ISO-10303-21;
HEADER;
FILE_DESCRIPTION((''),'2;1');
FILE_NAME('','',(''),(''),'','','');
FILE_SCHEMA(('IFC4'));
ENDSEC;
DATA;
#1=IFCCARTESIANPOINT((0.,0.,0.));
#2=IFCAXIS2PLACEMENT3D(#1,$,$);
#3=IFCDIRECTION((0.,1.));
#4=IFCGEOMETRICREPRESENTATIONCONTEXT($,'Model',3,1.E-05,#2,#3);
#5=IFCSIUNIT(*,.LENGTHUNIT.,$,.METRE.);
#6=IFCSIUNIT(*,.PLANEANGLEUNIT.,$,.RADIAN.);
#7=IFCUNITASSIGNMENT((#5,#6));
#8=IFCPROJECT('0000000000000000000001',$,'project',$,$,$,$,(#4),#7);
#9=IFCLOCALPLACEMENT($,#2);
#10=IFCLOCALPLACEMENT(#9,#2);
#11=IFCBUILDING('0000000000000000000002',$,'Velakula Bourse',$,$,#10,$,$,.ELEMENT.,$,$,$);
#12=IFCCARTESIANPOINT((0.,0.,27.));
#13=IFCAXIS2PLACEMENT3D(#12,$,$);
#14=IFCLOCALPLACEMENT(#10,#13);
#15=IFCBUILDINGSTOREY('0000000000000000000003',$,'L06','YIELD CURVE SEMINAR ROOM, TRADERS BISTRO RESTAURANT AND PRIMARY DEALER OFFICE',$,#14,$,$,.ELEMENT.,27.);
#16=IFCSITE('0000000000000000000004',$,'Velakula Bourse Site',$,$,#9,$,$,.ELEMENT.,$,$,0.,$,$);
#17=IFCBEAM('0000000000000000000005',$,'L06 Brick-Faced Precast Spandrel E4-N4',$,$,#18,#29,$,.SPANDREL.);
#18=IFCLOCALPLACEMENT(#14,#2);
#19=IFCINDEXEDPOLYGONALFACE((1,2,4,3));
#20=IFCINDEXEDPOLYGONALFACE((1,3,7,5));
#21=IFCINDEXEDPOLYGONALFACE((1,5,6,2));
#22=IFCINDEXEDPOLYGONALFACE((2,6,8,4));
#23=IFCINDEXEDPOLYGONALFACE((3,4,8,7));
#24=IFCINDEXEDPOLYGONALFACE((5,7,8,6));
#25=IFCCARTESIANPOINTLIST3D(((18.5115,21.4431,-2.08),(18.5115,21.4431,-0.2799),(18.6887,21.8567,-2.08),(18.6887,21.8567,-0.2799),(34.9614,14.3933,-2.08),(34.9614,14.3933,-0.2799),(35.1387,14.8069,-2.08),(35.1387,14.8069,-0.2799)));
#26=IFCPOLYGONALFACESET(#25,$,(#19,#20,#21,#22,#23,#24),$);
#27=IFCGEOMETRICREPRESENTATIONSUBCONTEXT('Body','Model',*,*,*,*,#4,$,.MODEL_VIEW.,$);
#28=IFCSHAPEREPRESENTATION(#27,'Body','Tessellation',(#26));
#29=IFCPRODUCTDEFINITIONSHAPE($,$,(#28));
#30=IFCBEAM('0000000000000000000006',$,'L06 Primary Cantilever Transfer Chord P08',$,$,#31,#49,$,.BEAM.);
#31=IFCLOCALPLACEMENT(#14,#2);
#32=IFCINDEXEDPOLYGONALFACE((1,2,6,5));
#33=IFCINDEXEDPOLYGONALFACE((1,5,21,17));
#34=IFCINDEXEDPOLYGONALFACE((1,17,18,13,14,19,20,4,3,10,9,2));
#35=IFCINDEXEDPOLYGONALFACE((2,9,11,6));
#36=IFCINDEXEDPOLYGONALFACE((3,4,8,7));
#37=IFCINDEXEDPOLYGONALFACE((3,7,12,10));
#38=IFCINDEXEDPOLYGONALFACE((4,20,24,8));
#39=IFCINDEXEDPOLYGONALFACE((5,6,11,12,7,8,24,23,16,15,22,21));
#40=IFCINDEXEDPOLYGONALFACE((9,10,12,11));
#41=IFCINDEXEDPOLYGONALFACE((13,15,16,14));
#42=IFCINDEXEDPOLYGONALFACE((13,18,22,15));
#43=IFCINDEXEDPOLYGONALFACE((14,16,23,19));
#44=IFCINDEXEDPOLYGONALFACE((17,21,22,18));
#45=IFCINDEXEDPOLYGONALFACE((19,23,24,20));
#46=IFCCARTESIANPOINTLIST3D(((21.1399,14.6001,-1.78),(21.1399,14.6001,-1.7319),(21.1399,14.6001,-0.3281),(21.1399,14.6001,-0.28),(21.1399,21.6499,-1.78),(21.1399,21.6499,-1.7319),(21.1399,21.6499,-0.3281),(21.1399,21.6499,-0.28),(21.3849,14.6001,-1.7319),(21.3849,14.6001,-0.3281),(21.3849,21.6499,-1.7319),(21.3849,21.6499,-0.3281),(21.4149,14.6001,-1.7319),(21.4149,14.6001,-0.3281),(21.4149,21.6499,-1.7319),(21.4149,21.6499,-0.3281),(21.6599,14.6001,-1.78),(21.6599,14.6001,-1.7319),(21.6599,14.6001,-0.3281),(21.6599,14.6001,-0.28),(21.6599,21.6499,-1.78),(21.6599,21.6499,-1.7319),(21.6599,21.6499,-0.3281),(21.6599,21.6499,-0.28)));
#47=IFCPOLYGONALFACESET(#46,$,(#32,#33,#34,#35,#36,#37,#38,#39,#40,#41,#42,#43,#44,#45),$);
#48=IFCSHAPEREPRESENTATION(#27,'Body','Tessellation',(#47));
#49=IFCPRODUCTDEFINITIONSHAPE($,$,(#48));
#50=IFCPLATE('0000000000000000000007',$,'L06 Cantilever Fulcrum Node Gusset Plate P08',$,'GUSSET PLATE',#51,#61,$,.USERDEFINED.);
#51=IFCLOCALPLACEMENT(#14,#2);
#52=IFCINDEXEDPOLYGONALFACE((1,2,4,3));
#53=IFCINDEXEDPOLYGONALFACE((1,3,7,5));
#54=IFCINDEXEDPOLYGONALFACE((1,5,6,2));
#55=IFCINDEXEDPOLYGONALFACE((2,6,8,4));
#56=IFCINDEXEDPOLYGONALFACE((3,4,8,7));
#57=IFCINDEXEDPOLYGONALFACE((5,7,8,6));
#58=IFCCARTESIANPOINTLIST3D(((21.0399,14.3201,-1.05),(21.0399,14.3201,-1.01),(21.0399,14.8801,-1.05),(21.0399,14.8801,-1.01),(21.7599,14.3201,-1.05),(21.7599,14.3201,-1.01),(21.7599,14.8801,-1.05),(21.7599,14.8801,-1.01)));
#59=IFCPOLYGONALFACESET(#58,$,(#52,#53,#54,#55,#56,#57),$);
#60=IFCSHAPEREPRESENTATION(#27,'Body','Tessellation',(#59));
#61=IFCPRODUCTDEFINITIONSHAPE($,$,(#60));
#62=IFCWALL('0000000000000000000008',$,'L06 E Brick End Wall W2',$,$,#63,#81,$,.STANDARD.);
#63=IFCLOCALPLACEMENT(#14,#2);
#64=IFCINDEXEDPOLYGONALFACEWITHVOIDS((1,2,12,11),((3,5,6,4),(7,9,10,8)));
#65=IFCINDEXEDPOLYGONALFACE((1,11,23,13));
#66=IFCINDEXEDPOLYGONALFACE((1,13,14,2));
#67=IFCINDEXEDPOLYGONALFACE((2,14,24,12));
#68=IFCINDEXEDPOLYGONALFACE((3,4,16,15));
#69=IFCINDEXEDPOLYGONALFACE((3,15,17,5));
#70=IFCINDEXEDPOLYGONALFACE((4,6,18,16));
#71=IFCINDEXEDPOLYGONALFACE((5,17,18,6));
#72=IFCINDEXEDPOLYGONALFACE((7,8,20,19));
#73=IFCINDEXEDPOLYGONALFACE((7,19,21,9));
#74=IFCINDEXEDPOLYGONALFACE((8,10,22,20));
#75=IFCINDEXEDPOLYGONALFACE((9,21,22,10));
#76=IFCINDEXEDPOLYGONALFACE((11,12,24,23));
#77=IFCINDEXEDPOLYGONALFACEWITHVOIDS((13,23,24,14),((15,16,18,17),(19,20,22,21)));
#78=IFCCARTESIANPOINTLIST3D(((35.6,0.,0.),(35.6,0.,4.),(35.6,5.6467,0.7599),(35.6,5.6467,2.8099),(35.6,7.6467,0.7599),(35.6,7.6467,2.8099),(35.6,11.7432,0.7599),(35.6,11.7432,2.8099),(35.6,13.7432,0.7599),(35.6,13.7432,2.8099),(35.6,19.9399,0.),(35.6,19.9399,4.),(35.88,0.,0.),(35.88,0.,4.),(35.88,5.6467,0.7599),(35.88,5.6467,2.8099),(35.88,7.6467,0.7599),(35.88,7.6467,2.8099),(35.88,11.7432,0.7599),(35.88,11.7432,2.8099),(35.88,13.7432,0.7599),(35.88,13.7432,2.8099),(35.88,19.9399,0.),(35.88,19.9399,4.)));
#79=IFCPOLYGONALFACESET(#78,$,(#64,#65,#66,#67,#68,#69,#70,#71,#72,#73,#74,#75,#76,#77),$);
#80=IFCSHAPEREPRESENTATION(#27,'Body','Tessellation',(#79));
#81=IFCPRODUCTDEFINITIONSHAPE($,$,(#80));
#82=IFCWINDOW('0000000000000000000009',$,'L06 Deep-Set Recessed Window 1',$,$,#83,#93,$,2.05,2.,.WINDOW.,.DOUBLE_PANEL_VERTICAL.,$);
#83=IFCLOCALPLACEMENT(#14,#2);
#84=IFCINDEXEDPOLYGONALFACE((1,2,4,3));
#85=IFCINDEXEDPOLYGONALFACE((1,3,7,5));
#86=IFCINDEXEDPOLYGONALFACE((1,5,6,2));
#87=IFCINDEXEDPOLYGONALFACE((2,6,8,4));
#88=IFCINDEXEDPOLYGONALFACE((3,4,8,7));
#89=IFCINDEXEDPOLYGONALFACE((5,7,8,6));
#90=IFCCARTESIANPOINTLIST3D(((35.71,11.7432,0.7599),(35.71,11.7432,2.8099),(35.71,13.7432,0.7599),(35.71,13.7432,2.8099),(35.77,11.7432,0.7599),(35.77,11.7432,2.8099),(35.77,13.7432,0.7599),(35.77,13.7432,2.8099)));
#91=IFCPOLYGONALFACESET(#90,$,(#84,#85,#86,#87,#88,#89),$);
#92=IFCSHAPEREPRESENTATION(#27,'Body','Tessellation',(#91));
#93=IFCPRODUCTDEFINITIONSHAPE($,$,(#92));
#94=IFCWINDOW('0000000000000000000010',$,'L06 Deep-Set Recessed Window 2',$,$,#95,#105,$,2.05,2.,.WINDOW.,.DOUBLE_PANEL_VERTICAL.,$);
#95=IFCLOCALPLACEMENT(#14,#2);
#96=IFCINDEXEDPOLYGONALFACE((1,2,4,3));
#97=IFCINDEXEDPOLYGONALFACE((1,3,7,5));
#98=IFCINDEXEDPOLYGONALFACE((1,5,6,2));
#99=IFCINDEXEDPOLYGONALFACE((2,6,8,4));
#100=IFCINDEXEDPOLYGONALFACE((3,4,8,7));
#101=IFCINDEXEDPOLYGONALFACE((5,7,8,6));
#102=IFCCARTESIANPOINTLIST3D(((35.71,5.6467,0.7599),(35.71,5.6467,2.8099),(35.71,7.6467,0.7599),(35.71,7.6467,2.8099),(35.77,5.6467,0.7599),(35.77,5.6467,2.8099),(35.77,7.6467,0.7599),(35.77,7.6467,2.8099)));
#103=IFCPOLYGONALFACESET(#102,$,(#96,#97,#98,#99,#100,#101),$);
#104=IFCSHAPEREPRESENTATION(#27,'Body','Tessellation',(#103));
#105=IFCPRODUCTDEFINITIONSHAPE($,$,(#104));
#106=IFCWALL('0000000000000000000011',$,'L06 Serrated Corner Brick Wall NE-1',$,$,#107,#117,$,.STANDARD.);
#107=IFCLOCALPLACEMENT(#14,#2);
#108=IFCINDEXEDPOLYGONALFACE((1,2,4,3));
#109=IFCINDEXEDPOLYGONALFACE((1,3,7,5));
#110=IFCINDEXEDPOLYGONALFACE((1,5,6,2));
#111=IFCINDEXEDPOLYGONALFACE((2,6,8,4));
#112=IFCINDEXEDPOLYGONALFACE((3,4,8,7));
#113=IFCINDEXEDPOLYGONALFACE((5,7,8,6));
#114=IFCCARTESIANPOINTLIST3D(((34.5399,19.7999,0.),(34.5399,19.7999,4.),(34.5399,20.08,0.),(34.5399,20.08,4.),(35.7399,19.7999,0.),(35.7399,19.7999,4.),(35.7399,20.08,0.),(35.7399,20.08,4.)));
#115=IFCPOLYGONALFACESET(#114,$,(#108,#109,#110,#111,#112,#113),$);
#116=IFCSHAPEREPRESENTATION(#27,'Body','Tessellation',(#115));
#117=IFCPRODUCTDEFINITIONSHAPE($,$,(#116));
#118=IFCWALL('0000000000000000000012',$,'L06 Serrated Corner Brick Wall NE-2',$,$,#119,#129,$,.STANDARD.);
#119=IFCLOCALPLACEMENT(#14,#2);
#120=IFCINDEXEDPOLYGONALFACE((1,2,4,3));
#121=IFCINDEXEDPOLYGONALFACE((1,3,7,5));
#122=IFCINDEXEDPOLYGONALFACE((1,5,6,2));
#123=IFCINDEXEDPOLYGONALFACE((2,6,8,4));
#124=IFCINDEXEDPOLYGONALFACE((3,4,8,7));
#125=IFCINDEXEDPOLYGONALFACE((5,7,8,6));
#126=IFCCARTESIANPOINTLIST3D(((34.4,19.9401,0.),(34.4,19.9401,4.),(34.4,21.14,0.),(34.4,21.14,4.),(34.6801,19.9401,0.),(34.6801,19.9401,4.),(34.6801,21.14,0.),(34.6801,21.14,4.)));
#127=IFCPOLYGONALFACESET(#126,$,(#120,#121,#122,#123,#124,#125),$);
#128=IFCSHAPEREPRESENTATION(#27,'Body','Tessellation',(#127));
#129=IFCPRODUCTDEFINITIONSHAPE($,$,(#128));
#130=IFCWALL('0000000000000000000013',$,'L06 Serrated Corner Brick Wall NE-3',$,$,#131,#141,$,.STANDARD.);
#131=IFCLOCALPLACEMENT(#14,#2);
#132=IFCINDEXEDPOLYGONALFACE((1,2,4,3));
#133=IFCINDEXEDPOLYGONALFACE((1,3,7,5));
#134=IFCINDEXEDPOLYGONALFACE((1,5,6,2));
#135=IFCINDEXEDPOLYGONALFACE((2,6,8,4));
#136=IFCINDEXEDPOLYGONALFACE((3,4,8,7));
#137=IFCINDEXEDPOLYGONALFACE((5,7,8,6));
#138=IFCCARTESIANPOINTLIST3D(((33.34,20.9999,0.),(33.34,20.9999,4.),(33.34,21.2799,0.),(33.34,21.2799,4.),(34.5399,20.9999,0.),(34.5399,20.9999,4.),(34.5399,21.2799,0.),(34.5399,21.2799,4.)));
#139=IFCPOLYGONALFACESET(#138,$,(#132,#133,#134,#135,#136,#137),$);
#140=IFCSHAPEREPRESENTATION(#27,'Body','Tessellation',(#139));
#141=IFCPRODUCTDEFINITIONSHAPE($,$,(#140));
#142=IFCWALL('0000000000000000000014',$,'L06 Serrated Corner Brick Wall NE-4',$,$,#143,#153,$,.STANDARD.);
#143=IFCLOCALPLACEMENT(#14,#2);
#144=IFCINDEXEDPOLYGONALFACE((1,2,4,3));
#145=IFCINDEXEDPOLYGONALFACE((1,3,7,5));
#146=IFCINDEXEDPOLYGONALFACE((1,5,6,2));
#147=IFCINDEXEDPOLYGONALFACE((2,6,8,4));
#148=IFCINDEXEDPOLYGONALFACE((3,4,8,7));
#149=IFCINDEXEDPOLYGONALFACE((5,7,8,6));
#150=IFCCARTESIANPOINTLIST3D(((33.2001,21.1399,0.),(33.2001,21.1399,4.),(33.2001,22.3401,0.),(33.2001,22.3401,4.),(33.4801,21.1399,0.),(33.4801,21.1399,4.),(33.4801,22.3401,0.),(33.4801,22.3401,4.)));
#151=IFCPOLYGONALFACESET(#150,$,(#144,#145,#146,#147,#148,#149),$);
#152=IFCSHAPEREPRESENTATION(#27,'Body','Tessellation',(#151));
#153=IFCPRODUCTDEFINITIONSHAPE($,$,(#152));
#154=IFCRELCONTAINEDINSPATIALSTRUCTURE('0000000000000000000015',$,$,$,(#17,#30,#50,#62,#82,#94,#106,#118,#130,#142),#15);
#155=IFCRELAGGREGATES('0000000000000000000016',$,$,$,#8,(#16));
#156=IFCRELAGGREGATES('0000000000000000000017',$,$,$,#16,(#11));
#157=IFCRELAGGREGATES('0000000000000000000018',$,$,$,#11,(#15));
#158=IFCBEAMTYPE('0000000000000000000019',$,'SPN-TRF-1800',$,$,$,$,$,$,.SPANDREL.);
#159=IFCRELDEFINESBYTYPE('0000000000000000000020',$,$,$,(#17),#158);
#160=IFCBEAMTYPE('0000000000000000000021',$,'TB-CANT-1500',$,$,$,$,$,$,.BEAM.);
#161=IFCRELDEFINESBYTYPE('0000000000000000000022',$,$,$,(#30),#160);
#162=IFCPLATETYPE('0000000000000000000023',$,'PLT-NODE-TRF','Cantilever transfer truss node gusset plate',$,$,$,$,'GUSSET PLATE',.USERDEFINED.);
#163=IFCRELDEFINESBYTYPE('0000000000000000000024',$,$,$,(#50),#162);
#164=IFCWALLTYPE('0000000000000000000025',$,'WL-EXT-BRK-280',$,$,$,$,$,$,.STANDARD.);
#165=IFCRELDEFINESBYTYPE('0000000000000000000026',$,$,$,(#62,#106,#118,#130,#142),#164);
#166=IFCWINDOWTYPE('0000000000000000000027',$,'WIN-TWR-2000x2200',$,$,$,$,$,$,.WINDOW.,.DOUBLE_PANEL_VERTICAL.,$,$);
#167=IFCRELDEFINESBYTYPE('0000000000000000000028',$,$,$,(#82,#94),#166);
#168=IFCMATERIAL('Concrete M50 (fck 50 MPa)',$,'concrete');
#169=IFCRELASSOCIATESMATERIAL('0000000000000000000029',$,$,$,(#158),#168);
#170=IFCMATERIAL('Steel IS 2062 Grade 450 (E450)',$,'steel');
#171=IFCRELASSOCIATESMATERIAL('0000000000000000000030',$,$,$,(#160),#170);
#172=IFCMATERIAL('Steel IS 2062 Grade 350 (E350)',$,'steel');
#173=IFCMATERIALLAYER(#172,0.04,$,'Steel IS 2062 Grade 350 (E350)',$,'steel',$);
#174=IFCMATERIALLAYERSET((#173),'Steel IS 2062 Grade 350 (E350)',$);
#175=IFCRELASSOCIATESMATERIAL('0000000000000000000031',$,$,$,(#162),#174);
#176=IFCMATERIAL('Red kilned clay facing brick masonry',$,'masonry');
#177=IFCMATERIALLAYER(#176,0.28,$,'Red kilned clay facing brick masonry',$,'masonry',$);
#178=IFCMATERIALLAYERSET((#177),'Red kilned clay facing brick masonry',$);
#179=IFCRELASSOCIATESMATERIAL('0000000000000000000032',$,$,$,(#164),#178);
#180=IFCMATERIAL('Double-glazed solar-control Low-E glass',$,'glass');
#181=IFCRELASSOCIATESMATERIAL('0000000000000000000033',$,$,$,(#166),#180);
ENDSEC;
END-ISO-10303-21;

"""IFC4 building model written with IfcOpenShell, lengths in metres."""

from ifc_helpers import new_model, si_unit, direction, frame, frame_2d, origin, origin_2d, place, context, subcontext, project, spatial, rectangle, i_section, extrude, material, layer, layer_set, material_profile, profile_set, type_object, element, fill, save


model = new_model("IFC4")

# Units and contexts
model_context = context("Model", 3, precision=1e-05, world=origin(), true_north=direction((0.0, 1.0)))
body_context = subcontext(model_context, "Body", "Model", "MODEL_VIEW")
ifc_project = project(units=[si_unit("LENGTHUNIT", "METRE"), si_unit("PLANEANGLEUNIT", "RADIAN")], contexts=[model_context])

# Site, building, storey
site_placement = place(None, origin())
site = spatial("IfcSite", under=ifc_project, at=site_placement, Name="Velakula Bourse Site", CompositionType="ELEMENT", RefElevation=0.0)
building_placement = place(site_placement, origin())
building = spatial("IfcBuilding", under=site, at=building_placement, Name="Velakula Bourse", CompositionType="ELEMENT")
storey_placement = place(building_placement, frame((0.0, 0.0, 27.0)))
storey = spatial("IfcBuildingStorey", under=building, at=storey_placement, Name="L06", Description="YIELD CURVE SEMINAR ROOM, TRADERS BISTRO RESTAURANT AND PRIMARY DEALER OFFICE", CompositionType="ELEMENT", Elevation=27.0)

# Shared definitions
ifc_material_1 = material(Name="Steel IS 2062 Grade 450 (E450)", Category="steel")

# Beams
ifc_material_2 = material(Name="Steel IS 2062 Grade 350 (E350)", Category="steel")
ifc_material_3 = material(Name="Concrete M50 (fck 50 MPa)", Category="concrete")
ifc_material_profile_1 = material_profile(ifc_material_3, rectangle(XDim=0.45, YDim=1.8, at=origin_2d()), Name="Concrete M50 (fck 50 MPa)")
ifc_profile_set_1 = profile_set([ifc_material_profile_1], Name="Concrete M50 (fck 50 MPa)")
beam_type_1 = type_object("IfcBeamType", Name="SPN-TRF-1800", PredefinedType="SPANDREL", material=ifc_profile_set_1)
beam_1_placement = place(storey_placement, frame((35.05, 14.6001, -1.1799), z_axis=(-0.919149, 0.393911, 0.0), x_axis=(-0.393911, -0.919149, 0.0)))
element("IfcBeam", 1, at=beam_1_placement, inside=storey, type_object=beam_type_1, Name="L06 Brick-Faced Precast Spandrel E4-N4", PredefinedType="SPANDREL", context=body_context, shape_type="SweptSolid", body=[
    extrude(rectangle(XDim=0.45, YDim=1.8, at=origin_2d()), origin(), (0.0, 0.0, 1.0), 17.897),
])
ifc_material_profile_2 = material_profile(ifc_material_1, i_section(OverallWidth=0.52, OverallDepth=1.5, WebThickness=0.03, FlangeThickness=0.0481, at=origin_2d()), Name="Steel IS 2062 Grade 450 (E450)")
ifc_profile_set_2 = profile_set([ifc_material_profile_2], Name="Steel IS 2062 Grade 450 (E450)")
beam_type_2 = type_object("IfcBeamType", Name="TB-CANT-1500", PredefinedType="BEAM", material=ifc_profile_set_2)
beam_2_placement = place(storey_placement, frame((21.3999, 14.6001, -1.03), z_axis=(0.0, 1.0, 0.0), x_axis=(-1.0, 0.0, 0.0)))
element("IfcBeam", 2, at=beam_2_placement, inside=storey, type_object=beam_type_2, Name="L06 Primary Cantilever Transfer Chord P08", PredefinedType="BEAM", context=body_context, shape_type="SweptSolid", body=[
    extrude(i_section(OverallWidth=0.52, OverallDepth=1.5, WebThickness=0.03, FlangeThickness=0.0481, at=origin_2d()), origin(), (0.0, 0.0, 1.0), 7.0498),
])

# Plate
ifc_layer_1 = layer(ifc_material_2, 0.04, Name="Steel IS 2062 Grade 350 (E350)", Category="steel")
ifc_layer_set_1 = layer_set([ifc_layer_1], Name="Steel IS 2062 Grade 350 (E350)")
plate_type = type_object("IfcPlateType", Name="PLT-NODE-TRF", Description="Cantilever transfer truss node gusset plate", ElementType="GUSSET PLATE", PredefinedType="USERDEFINED", material=ifc_layer_set_1)
plate_placement = place(storey_placement, frame((21.3999, 14.6001, -1.05), z_axis=(0.0, 0.0, 1.0), x_axis=(0.0, 1.0, 0.0)))
element("IfcPlate", 3, at=plate_placement, inside=storey, type_object=plate_type, Name="L06 Cantilever Fulcrum Node Gusset Plate P08", ObjectType="GUSSET PLATE", PredefinedType="USERDEFINED", context=body_context, shape_type="SweptSolid", body=[
    extrude(rectangle(XDim=0.5601, YDim=0.72, at=origin_2d()), origin(), (0.0, 0.0, 1.0), 0.04),
])

# Wall, openings, windows
ifc_material_4 = material(Name="Red kilned clay facing brick masonry", Category="masonry")
ifc_layer_2 = layer(ifc_material_4, 0.28, Name="Red kilned clay facing brick masonry", Category="masonry")
ifc_layer_set_2 = layer_set([ifc_layer_2], Name="Red kilned clay facing brick masonry")
wall_type = type_object("IfcWallType", Name="WL-EXT-BRK-280", PredefinedType="STANDARD", material=ifc_layer_set_2)
wall_1_placement = place(storey_placement, frame((35.74, 19.9399, 0.0), z_axis=(0.0, 0.0, 1.0), x_axis=(0.0, -1.0, 0.0)))
wall_1 = element("IfcWall", 4, at=wall_1_placement, inside=storey, type_object=wall_type, Name="L06 E Brick End Wall W2", PredefinedType="STANDARD", context=body_context, shape_type="SweptSolid", body=[
    extrude(rectangle(XDim=19.9399, YDim=0.28, at=frame_2d((9.97, 0.0))), origin(), (0.0, 0.0, 1.0), 4.0),
])
opening_1_placement = place(wall_1_placement, frame((6.1968, 0.0, 0.76)))
opening_1 = element("IfcOpeningElement", 5, at=opening_1_placement, cuts=wall_1, PredefinedType="OPENING", context=body_context, shape_type="SweptSolid", body=[
    extrude(rectangle(XDim=2.0, YDim=2.05, at=frame_2d((1.0, 1.0249))), frame((0.0, 0.1499, 0.0), z_axis=(0.0, -1.0, 0.0), x_axis=(1.0, 0.0, 0.0)), (0.0, 0.0, 1.0), 0.3),
])
opening_2_placement = place(wall_1_placement, frame((12.2932, 0.0, 0.76)))
opening_2 = element("IfcOpeningElement", 6, at=opening_2_placement, cuts=wall_1, PredefinedType="OPENING", context=body_context, shape_type="SweptSolid", body=[
    extrude(rectangle(XDim=2.0, YDim=2.05, at=frame_2d((1.0, 1.0249))), frame((0.0, 0.1499, 0.0), z_axis=(0.0, -1.0, 0.0), x_axis=(1.0, 0.0, 0.0)), (0.0, 0.0, 1.0), 0.3),
])
ifc_material_5 = material(Name="Double-glazed solar-control Low-E glass", Category="glass")
window_type = type_object("IfcWindowType", Name="WIN-TWR-2000x2200", PartitioningType="DOUBLE_PANEL_VERTICAL", PredefinedType="WINDOW", material=ifc_material_5)
window_1_placement = place(opening_1_placement, origin())
window_1 = element("IfcWindow", 7, at=window_1_placement, inside=storey, type_object=window_type, Name="L06 Deep-Set Recessed Window 1", OverallHeight=2.05, OverallWidth=2.0, PartitioningType="DOUBLE_PANEL_VERTICAL", PredefinedType="WINDOW", context=body_context, shape_type="SweptSolid", body=[
    extrude(rectangle(XDim=2.0, YDim=2.05, at=frame_2d((1.0, 1.0249))), frame((0.0, 0.03, 0.0), z_axis=(0.0, -1.0, 0.0), x_axis=(1.0, 0.0, 0.0)), (0.0, 0.0, 1.0), 0.0601),
])
fill(opening_1, window_1)
window_2_placement = place(opening_2_placement, origin())
window_2 = element("IfcWindow", 8, at=window_2_placement, inside=storey, type_object=window_type, Name="L06 Deep-Set Recessed Window 2", OverallHeight=2.05, OverallWidth=2.0, PartitioningType="DOUBLE_PANEL_VERTICAL", PredefinedType="WINDOW", context=body_context, shape_type="SweptSolid", body=[
    extrude(rectangle(XDim=2.0, YDim=2.05, at=frame_2d((1.0, 1.0249))), frame((0.0, 0.03, 0.0), z_axis=(0.0, -1.0, 0.0), x_axis=(1.0, 0.0, 0.0)), (0.0, 0.0, 1.0), 0.0601),
])
fill(opening_2, window_2)

# Walls
for number, where, z_axis, x_axis, name in (
    (9, (35.74, 19.9399, 0.0), (0.0, 0.0, 1.0), (-1.0, 0.0, 0.0), "L06 Serrated Corner Brick Wall NE-1"),
    (10, (34.54, 19.9399, 0.0), (0.0, 0.0, 1.0), (0.0, 1.0, 0.0), "L06 Serrated Corner Brick Wall NE-2"),
    (11, (34.54, 21.1399, 0.0), (0.0, 0.0, 1.0), (-1.0, 0.0, 0.0), "L06 Serrated Corner Brick Wall NE-3"),
):
    element("IfcWall", number, at=place(storey_placement, frame(where, z_axis=z_axis, x_axis=x_axis)), inside=storey, type_object=wall_type, Name=name, PredefinedType="STANDARD", context=body_context, shape_type="SweptSolid", body=[
        extrude(rectangle(XDim=1.2, YDim=0.28, at=frame_2d((0.6001, 0.0))), origin(), (0.0, 0.0, 1.0), 4.0),
    ])
wall_2_placement = place(storey_placement, frame((33.3401, 21.1399, 0.0), z_axis=(0.0, 0.0, 1.0), x_axis=(0.0, 1.0, 0.0)))
element("IfcWall", 12, at=wall_2_placement, inside=storey, type_object=wall_type, Name="L06 Serrated Corner Brick Wall NE-4", PredefinedType="STANDARD", context=body_context, shape_type="SweptSolid", body=[
    extrude(rectangle(XDim=1.2002, YDim=0.28, at=frame_2d((0.6001, 0.0))), origin(), (0.0, 0.0, 1.0), 4.0),
])

save(model, "model.ifc")
